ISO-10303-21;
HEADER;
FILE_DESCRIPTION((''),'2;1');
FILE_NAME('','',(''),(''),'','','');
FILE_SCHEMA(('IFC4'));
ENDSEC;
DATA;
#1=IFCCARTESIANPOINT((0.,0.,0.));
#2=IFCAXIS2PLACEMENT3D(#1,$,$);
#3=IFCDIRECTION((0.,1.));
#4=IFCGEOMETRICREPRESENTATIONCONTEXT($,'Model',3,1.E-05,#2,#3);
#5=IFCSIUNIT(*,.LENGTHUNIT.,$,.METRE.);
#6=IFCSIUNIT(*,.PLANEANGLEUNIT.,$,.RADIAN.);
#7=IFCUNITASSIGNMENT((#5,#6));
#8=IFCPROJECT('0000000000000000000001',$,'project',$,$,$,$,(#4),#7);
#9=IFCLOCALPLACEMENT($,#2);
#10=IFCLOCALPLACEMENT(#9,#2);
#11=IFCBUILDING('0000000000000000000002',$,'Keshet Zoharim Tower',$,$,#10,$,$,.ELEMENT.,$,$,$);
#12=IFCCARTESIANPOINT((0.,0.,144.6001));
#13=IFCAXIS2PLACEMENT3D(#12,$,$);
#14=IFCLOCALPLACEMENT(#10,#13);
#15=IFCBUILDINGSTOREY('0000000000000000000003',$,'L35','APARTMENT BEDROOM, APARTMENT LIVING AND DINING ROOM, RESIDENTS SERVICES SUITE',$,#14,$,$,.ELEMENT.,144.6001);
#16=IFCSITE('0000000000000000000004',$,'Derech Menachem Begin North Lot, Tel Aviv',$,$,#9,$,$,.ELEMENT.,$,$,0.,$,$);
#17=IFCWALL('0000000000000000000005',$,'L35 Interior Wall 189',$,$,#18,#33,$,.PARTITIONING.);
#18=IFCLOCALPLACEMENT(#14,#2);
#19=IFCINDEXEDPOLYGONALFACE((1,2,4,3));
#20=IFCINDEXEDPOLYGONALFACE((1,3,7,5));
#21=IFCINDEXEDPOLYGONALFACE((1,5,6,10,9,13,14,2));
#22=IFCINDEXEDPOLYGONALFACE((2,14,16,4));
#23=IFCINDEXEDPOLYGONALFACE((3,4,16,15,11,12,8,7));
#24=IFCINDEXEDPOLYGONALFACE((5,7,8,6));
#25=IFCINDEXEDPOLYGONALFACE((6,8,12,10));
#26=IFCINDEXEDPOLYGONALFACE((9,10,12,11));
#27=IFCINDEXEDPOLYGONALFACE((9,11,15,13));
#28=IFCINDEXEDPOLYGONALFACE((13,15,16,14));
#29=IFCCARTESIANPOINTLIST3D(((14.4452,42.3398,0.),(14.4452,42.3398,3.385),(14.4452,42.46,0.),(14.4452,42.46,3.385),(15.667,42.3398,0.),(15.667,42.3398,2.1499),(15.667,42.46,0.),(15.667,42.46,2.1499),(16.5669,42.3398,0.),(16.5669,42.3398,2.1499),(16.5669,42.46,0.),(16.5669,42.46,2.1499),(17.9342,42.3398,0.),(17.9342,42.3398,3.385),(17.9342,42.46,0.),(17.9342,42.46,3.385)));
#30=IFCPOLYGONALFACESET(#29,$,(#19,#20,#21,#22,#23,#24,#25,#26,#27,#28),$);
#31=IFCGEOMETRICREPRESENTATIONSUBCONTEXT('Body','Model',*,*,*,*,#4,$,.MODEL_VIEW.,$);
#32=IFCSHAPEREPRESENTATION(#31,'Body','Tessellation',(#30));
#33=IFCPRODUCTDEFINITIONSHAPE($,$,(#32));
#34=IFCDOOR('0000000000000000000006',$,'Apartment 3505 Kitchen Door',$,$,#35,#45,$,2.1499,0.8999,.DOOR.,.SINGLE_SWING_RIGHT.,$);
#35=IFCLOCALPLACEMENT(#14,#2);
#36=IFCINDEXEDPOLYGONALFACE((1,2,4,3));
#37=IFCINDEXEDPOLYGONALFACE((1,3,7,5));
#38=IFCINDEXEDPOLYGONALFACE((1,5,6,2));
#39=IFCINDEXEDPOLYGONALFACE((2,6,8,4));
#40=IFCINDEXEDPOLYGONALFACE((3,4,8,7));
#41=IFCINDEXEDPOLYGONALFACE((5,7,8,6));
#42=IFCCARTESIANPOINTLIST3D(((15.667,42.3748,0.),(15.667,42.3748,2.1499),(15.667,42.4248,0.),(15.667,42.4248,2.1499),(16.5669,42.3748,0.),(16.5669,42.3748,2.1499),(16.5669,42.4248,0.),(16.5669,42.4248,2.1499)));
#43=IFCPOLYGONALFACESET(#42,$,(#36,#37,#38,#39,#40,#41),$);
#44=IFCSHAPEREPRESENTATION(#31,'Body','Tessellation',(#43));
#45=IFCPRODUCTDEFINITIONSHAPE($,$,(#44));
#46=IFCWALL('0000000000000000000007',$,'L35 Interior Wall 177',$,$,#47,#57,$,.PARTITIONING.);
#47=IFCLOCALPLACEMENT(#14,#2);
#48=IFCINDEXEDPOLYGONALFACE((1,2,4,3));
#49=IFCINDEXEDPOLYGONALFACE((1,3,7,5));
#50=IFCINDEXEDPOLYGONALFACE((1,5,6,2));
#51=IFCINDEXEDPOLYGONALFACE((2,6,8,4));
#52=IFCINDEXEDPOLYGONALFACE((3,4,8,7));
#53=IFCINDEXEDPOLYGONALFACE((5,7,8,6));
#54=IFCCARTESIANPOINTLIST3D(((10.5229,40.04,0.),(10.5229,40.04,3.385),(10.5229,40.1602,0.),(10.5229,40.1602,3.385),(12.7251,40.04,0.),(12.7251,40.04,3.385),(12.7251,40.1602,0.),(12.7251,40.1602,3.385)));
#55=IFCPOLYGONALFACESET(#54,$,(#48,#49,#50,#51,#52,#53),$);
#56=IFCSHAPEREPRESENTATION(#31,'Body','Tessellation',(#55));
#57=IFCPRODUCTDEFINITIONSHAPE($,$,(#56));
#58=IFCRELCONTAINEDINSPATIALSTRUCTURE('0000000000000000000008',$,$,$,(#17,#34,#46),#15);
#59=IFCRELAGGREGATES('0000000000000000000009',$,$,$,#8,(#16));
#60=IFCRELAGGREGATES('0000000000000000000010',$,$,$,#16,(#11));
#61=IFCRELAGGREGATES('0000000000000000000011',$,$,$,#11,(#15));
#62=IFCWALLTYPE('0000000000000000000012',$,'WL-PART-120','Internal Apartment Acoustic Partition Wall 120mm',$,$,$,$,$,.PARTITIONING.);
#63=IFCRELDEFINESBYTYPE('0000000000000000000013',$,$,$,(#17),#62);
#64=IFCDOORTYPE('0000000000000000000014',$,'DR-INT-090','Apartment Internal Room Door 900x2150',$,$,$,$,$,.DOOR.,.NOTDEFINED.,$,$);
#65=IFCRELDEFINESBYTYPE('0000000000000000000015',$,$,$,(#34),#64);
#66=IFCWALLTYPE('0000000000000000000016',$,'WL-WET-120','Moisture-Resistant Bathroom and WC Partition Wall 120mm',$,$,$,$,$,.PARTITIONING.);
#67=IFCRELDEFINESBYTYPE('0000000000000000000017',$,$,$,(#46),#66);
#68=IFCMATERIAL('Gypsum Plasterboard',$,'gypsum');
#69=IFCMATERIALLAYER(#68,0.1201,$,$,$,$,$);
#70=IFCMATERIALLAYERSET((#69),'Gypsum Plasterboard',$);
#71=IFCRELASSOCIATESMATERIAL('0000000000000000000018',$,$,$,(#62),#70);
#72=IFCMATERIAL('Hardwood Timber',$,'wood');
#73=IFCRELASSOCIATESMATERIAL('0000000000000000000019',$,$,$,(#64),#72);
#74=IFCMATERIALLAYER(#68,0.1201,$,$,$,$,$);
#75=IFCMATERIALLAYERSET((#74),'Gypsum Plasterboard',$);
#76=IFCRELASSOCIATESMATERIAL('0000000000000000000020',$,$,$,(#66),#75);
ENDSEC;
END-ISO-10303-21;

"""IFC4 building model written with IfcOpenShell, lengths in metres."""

from ifc_helpers import new_model, si_unit, direction, frame, frame_2d, origin, place, context, subcontext, project, spatial, rectangle, extrude, material, layer, layer_set, type_object, element, fill, save


model = new_model("IFC4")

# Units and contexts
model_context = context("Model", 3, precision=1e-05, world=origin(), true_north=direction((0.0, 1.0)))
body_context = subcontext(model_context, "Body", "Model", "MODEL_VIEW")
ifc_project = project(units=[si_unit("LENGTHUNIT", "METRE"), si_unit("PLANEANGLEUNIT", "RADIAN")], contexts=[model_context])

# Site, building, storey
site_placement = place(None, origin())
site = spatial("IfcSite", under=ifc_project, at=site_placement, Name="Derech Menachem Begin North Lot, Tel Aviv", CompositionType="ELEMENT", RefElevation=0.0)
building_placement = place(site_placement, origin())
building = spatial("IfcBuilding", under=site, at=building_placement, Name="Keshet Zoharim Tower", CompositionType="ELEMENT")
storey_placement = place(building_placement, frame((0.0, 0.0, 144.6001)))
storey = spatial("IfcBuildingStorey", under=building, at=storey_placement, Name="L35", Description="APARTMENT BEDROOM, APARTMENT LIVING AND DINING ROOM, RESIDENTS SERVICES SUITE", CompositionType="ELEMENT", Elevation=144.6001)

# Shared definitions
ifc_material_1 = material(Name="Gypsum Plasterboard", Category="gypsum")
ifc_layer_1 = layer(ifc_material_1, 0.1201)
ifc_layer_set_1 = layer_set([ifc_layer_1], Name="Gypsum Plasterboard")
wall_type_1 = type_object("IfcWallType", Name="WL-PART-120", Description="Internal Apartment Acoustic Partition Wall 120mm", PredefinedType="PARTITIONING", material=ifc_layer_set_1)

# Wall, opening, door
ifc_material_2 = material(Name="Hardwood Timber", Category="wood")
door_type = type_object("IfcDoorType", Name="DR-INT-090", Description="Apartment Internal Room Door 900x2150", OperationType="NOTDEFINED", PredefinedType="DOOR", material=ifc_material_2)
wall_1_placement = place(storey_placement, frame((14.4451, 42.3999, 0.0), z_axis=(0.0, 0.0, 1.0), x_axis=(1.0, 0.0, 0.0)))
wall_1 = element("IfcWall", 1, at=wall_1_placement, inside=storey, type_object=wall_type_1, Name="L35 Interior Wall 189", PredefinedType="PARTITIONING", context=body_context, shape_type="SweptSolid", body=[
    extrude(rectangle(XDim=3.489, YDim=0.1201, at=frame_2d((1.7446, 0.0))), origin(), (0.0, 0.0, 1.0), 3.385),
])
opening_1_placement = place(wall_1_placement, frame((1.2219, 0.0, 0.0)))
opening_1 = element("IfcOpeningElement", 2, at=opening_1_placement, cuts=wall_1, PredefinedType="OPENING", context=body_context, shape_type="SweptSolid", body=[
    extrude(rectangle(XDim=0.8999, YDim=2.1499, at=frame_2d((0.45, 1.075))), frame((0.0, 0.0701, 0.0), z_axis=(0.0, -1.0, 0.0), x_axis=(1.0, 0.0, 0.0)), (0.0, 0.0, 1.0), 0.1401),
])
door_1_placement = place(opening_1_placement, origin())
door_1 = element("IfcDoor", 3, at=door_1_placement, inside=storey, type_object=door_type, Name="Apartment 3505 Kitchen Door", OperationType="SINGLE_SWING_RIGHT", OverallHeight=2.1499, OverallWidth=0.8999, PredefinedType="DOOR", context=body_context, shape_type="SweptSolid", body=[
    extrude(rectangle(XDim=0.8999, YDim=2.1499, at=frame_2d((0.45, 1.075))), frame((0.0, 0.0249, 0.0), z_axis=(0.0, -1.0, 0.0), x_axis=(1.0, 0.0, 0.0)), (0.0, 0.0, 1.0), 0.05),
])
fill(opening_1, door_1)

# Wall
ifc_layer_2 = layer(ifc_material_1, 0.1201)
ifc_layer_set_2 = layer_set([ifc_layer_2], Name="Gypsum Plasterboard")
wall_type_2 = type_object("IfcWallType", Name="WL-WET-120", Description="Moisture-Resistant Bathroom and WC Partition Wall 120mm", PredefinedType="PARTITIONING", material=ifc_layer_set_2)
wall_2_placement = place(storey_placement, frame((10.5229, 40.1001, 0.0), z_axis=(0.0, 0.0, 1.0), x_axis=(1.0, 0.0, 0.0)))
element("IfcWall", 4, at=wall_2_placement, inside=storey, type_object=wall_type_2, Name="L35 Interior Wall 177", PredefinedType="PARTITIONING", context=body_context, shape_type="SweptSolid", body=[
    extrude(rectangle(XDim=2.2021, YDim=0.1201, at=frame_2d((1.1011, 0.0))), origin(), (0.0, 0.0, 1.0), 3.385),
])

save(model, "model.ifc")
